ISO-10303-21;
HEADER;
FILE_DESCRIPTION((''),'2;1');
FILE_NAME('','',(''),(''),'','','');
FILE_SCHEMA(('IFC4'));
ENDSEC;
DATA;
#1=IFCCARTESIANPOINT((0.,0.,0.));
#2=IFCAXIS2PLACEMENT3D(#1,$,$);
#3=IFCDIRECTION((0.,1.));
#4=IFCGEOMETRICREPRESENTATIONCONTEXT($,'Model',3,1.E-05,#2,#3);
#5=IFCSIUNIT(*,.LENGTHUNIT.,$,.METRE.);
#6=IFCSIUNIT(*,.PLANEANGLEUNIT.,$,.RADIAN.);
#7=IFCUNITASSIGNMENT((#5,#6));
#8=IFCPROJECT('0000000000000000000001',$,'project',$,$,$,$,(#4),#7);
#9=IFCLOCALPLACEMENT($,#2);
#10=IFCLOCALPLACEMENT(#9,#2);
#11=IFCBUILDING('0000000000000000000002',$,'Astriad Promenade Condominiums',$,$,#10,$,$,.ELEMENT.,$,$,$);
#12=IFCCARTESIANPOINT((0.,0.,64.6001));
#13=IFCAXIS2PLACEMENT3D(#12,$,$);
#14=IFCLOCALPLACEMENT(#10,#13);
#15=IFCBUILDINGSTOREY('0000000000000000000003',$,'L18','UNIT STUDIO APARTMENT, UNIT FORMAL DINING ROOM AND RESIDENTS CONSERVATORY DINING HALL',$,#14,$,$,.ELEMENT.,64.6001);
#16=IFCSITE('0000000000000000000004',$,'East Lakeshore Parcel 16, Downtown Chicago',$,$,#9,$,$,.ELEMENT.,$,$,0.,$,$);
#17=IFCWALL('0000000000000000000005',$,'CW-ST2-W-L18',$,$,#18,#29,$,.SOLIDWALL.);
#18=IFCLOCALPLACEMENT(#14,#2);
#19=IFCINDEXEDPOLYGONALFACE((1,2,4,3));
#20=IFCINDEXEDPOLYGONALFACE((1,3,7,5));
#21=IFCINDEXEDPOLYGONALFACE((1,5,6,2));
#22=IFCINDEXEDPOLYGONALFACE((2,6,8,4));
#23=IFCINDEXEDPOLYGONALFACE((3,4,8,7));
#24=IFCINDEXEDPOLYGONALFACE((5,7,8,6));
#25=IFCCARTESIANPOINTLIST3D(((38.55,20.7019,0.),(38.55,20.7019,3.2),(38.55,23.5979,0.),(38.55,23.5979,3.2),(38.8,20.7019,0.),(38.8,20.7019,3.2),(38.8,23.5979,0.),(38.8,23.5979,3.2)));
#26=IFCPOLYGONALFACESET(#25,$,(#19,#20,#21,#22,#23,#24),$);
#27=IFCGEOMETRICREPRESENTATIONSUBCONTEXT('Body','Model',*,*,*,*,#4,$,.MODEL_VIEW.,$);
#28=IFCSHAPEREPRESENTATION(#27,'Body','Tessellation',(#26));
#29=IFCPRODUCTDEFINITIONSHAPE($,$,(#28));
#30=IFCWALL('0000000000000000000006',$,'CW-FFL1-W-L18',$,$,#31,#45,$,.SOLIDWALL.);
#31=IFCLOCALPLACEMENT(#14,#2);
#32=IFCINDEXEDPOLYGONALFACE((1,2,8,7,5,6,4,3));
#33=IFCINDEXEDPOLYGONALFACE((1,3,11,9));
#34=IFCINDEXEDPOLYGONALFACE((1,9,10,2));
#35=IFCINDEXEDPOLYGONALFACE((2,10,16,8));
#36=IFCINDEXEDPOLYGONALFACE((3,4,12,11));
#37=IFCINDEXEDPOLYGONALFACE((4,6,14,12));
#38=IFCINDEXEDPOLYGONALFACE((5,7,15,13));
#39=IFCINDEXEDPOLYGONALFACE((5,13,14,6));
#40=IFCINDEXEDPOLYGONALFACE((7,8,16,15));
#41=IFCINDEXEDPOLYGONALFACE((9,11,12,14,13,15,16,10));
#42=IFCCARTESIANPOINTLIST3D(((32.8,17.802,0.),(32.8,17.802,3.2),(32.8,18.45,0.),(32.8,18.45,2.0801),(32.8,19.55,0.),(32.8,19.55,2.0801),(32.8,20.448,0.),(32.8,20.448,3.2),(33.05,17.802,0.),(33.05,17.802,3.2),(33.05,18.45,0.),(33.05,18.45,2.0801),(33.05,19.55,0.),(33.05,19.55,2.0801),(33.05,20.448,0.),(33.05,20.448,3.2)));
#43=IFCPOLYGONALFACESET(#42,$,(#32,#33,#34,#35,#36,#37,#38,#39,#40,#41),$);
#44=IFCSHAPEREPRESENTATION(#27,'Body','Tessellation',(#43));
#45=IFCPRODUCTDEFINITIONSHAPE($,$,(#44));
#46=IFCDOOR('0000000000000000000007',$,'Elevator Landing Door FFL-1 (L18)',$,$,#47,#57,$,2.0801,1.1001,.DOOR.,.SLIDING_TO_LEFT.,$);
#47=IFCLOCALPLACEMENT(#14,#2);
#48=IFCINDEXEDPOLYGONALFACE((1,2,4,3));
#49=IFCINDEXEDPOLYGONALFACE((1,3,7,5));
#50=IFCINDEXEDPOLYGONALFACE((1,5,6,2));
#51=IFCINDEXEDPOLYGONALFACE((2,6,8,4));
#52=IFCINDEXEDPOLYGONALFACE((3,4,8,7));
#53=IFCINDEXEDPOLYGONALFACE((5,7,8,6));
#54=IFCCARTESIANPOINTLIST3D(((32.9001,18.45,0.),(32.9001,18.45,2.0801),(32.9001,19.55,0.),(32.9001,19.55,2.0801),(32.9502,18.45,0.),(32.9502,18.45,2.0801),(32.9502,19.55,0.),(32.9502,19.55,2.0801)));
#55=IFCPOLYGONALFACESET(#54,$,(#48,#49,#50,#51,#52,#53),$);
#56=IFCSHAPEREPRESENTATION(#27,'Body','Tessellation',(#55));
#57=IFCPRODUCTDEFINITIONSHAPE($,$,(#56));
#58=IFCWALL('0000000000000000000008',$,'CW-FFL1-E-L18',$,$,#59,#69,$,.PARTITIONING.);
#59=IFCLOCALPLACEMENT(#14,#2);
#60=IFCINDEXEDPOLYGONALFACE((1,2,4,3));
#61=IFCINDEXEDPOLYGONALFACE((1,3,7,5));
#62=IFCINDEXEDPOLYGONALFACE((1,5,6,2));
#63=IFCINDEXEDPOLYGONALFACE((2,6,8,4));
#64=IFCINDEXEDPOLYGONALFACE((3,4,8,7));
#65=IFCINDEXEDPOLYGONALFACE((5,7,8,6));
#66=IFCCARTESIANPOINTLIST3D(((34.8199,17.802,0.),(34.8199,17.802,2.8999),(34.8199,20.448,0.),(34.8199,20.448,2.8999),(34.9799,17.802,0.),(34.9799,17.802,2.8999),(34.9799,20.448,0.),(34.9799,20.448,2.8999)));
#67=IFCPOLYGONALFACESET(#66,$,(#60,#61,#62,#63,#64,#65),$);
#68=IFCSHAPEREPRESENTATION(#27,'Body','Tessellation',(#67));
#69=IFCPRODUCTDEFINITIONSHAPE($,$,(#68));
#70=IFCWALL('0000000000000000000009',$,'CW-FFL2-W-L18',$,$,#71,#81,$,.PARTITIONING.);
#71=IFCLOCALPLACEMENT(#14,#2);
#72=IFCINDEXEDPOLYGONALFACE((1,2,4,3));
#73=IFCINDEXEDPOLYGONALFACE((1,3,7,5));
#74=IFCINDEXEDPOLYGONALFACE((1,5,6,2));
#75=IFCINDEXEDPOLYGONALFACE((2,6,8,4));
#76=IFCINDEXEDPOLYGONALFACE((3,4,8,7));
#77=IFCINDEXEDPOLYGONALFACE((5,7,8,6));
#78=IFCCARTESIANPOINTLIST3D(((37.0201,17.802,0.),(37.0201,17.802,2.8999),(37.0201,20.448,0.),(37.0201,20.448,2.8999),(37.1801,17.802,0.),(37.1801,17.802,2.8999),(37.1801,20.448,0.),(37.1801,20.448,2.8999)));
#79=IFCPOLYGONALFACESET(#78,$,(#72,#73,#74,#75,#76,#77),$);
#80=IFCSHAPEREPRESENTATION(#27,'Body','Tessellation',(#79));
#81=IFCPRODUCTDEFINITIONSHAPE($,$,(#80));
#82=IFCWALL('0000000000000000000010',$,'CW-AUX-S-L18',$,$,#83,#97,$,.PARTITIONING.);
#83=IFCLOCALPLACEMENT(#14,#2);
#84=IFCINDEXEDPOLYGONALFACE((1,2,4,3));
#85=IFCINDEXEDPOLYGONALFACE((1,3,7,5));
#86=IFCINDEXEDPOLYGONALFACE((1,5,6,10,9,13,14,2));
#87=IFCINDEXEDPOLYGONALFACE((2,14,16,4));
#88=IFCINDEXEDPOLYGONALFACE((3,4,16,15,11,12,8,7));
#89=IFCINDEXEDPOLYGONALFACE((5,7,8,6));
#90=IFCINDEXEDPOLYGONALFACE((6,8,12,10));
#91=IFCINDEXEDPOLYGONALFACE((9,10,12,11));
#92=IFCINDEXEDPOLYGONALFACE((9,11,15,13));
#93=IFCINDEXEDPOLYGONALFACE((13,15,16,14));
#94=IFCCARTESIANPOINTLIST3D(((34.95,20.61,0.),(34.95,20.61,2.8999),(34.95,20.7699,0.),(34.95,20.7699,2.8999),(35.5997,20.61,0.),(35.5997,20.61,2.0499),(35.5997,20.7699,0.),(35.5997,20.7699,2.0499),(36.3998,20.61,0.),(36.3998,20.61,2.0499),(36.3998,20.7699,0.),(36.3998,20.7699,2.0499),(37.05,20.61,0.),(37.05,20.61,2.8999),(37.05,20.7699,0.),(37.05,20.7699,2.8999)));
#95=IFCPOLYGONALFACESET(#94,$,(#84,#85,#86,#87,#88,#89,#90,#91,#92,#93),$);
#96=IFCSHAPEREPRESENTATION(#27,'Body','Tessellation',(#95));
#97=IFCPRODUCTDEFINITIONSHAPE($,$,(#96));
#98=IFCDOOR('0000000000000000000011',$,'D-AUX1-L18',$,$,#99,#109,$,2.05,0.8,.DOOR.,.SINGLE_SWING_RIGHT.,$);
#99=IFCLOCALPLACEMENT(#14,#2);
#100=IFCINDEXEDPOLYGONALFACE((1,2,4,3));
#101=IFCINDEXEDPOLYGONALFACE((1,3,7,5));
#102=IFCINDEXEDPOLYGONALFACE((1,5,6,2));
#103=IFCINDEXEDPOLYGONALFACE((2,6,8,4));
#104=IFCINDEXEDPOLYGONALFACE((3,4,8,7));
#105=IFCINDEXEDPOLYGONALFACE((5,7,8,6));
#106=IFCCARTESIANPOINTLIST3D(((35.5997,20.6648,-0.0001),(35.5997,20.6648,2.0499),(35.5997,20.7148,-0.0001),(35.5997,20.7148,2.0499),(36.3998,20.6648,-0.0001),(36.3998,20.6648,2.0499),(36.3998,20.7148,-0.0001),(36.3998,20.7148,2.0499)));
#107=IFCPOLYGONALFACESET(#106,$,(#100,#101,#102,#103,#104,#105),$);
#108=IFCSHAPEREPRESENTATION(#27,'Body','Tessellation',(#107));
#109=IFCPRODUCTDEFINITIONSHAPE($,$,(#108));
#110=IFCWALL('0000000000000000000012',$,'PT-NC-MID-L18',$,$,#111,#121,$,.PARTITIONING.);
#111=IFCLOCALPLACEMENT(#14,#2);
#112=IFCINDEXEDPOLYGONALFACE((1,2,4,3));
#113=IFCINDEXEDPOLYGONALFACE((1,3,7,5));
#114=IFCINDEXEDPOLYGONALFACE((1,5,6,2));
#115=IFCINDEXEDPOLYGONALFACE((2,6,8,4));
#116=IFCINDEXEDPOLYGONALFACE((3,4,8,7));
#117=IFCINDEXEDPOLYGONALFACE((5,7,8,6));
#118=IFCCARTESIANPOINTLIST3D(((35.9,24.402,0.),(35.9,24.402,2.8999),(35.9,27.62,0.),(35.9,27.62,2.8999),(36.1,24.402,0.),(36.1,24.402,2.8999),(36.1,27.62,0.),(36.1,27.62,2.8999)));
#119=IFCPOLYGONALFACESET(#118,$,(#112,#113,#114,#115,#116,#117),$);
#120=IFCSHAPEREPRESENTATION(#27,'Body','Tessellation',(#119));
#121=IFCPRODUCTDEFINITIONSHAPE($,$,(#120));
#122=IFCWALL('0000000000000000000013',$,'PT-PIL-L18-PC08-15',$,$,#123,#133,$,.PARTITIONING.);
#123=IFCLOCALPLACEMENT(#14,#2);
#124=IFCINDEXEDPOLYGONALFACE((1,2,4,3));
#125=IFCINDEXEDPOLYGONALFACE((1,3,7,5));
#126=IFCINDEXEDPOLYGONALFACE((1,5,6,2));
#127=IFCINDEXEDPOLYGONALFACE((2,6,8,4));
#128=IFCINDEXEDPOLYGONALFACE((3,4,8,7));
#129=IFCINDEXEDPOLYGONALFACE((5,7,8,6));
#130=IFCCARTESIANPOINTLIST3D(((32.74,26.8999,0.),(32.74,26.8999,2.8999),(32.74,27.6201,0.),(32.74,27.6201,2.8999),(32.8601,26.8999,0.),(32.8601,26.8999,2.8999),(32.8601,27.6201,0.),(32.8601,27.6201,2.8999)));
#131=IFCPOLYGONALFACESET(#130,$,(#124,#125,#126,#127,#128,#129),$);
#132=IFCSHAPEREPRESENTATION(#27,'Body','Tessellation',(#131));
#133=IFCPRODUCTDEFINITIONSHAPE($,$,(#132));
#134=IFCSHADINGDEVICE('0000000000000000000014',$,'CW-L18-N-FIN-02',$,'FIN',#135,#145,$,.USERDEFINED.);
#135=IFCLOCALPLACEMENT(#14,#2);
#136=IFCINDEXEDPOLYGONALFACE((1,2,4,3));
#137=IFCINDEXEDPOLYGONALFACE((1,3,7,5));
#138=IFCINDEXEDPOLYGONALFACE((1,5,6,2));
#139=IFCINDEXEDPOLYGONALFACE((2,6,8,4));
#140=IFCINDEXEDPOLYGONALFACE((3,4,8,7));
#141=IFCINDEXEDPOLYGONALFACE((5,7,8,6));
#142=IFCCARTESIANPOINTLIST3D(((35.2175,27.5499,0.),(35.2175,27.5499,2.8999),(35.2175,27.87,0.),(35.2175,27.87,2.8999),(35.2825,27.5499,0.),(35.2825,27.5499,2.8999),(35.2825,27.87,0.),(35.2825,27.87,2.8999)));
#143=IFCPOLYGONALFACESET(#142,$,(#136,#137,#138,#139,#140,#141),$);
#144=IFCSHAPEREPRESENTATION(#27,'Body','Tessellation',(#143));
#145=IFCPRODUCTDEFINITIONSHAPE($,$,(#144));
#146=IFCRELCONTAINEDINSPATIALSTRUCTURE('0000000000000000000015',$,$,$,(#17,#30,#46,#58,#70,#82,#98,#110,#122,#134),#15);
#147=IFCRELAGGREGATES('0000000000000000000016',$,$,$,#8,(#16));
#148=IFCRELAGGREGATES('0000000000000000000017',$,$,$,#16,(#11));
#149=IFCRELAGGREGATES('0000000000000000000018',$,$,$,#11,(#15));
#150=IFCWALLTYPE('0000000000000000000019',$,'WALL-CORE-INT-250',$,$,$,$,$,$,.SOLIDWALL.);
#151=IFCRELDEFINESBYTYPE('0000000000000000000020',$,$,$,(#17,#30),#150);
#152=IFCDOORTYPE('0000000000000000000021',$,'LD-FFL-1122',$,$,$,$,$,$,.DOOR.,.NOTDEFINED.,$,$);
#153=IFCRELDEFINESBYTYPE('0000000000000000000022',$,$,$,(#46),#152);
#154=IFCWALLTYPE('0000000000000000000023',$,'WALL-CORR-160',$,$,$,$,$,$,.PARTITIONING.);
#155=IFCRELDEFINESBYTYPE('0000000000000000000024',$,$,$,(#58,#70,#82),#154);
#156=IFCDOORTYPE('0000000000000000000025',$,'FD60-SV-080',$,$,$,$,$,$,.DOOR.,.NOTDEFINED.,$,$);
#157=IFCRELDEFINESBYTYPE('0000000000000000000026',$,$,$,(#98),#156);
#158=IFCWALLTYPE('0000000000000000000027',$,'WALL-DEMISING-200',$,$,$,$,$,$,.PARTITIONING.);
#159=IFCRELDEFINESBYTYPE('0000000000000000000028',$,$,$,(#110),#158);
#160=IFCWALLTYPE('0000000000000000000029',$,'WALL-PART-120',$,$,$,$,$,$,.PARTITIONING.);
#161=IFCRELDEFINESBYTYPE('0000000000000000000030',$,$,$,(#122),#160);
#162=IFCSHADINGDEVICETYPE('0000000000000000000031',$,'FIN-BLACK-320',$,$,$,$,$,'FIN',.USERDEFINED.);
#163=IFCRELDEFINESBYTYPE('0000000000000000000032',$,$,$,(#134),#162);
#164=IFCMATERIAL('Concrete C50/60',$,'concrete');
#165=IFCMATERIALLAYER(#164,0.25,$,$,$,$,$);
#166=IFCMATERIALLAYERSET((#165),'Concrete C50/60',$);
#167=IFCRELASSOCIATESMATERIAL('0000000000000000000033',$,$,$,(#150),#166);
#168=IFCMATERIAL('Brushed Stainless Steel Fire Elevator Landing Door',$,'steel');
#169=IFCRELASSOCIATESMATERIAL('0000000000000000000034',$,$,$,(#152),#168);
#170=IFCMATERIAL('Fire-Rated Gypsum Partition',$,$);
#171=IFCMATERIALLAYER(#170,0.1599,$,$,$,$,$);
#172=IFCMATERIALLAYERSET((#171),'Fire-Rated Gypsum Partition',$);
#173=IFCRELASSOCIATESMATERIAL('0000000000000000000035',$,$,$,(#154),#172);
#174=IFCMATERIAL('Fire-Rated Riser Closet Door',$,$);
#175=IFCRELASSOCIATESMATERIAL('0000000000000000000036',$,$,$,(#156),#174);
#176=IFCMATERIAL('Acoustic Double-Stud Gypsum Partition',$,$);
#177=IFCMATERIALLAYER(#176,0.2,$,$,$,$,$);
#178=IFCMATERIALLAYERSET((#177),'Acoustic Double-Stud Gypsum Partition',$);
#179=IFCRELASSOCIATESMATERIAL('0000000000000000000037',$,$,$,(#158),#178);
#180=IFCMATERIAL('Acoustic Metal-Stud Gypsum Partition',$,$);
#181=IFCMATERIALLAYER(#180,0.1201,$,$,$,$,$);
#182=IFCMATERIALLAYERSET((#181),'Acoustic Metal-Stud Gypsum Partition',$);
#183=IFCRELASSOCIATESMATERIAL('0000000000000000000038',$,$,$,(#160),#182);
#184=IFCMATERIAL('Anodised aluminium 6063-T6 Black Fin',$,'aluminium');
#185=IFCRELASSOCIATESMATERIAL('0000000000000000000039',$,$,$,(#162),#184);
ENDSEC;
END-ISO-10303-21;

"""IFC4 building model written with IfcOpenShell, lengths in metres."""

from ifc_helpers import new_model, si_unit, direction, frame, frame_2d, origin, origin_2d, place, context, subcontext, project, spatial, rectangle, extrude, source, transform, mapped, material, layer, layer_set, type_object, type_shapes, element, fill, save


model = new_model("IFC4")

# Units and contexts
model_context = context("Model", 3, precision=1e-05, world=origin(), true_north=direction((0.0, 1.0)))
body_context = subcontext(model_context, "Body", "Model", "MODEL_VIEW")
ifc_project = project(units=[si_unit("LENGTHUNIT", "METRE"), si_unit("PLANEANGLEUNIT", "RADIAN")], contexts=[model_context])

# Site, building, storey
site_placement = place(None, origin())
site = spatial("IfcSite", under=ifc_project, at=site_placement, Name="East Lakeshore Parcel 16, Downtown Chicago", CompositionType="ELEMENT", RefElevation=0.0)
building_placement = place(site_placement, origin())
building = spatial("IfcBuilding", under=site, at=building_placement, Name="Astriad Promenade Condominiums", CompositionType="ELEMENT")
storey_placement = place(building_placement, frame((0.0, 0.0, 64.6001)))
storey = spatial("IfcBuildingStorey", under=building, at=storey_placement, Name="L18", Description="UNIT STUDIO APARTMENT, UNIT FORMAL DINING ROOM AND RESIDENTS CONSERVATORY DINING HALL", CompositionType="ELEMENT", Elevation=64.6001)

# Shared definitions
ifc_material_1 = material(Name="Concrete C50/60", Category="concrete")
ifc_layer_1 = layer(ifc_material_1, 0.25)
ifc_layer_set_1 = layer_set([ifc_layer_1], Name="Concrete C50/60")
wall_type_1 = type_object("IfcWallType", Name="WALL-CORE-INT-250", PredefinedType="SOLIDWALL", material=ifc_layer_set_1)

# Wall
for number, where, z_axis, x_axis, name in (
    (1, (38.675, 20.7019, 0.0), (0.0, 0.0, 1.0), (0.0, 1.0, 0.0), "CW-ST2-W-L18"),
):
    element("IfcWall", number, at=place(storey_placement, frame(where, z_axis=z_axis, x_axis=x_axis)), inside=storey, type_object=wall_type_1, Name=name, PredefinedType="SOLIDWALL", context=body_context, shape_type="SweptSolid", body=[
        extrude(rectangle(XDim=2.896, YDim=0.25, at=frame_2d((1.448, 0.0))), origin(), (0.0, 0.0, 1.0), 3.2),
    ])

# Wall, opening, door
wall_1_placement = place(storey_placement, frame((32.925, 17.802, 0.0), z_axis=(0.0, 0.0, 1.0), x_axis=(0.0, 1.0, 0.0)))
wall_1 = element("IfcWall", 2, at=wall_1_placement, inside=storey, type_object=wall_type_1, Name="CW-FFL1-W-L18", PredefinedType="SOLIDWALL", context=body_context, shape_type="SweptSolid", body=[
    extrude(rectangle(XDim=2.646, YDim=0.25, at=frame_2d((1.323, 0.0))), origin(), (0.0, 0.0, 1.0), 3.2),
])
opening_1_placement = place(wall_1_placement, frame((0.6479, 0.0, 0.0)))
opening_1 = element("IfcOpeningElement", 3, at=opening_1_placement, cuts=wall_1, PredefinedType="OPENING", context=body_context, shape_type="SweptSolid", body=[
    extrude(rectangle(XDim=1.1001, YDim=2.0801, at=frame_2d((0.55, 1.04))), frame((0.0, 0.135, 0.0), z_axis=(0.0, -1.0, 0.0), x_axis=(1.0, 0.0, 0.0)), (0.0, 0.0, 1.0), 0.27),
])
ifc_material_2 = material(Name="Brushed Stainless Steel Fire Elevator Landing Door", Category="steel")
door_type_1 = type_object("IfcDoorType", Name="LD-FFL-1122", OperationType="NOTDEFINED", PredefinedType="DOOR", material=ifc_material_2)
shared_shape_1 = source(origin(), body_context, "Body", "SweptSolid", [
    extrude(rectangle(XDim=1.1001, YDim=2.0801, at=frame_2d((0.55, 1.04))), frame((0.0, 0.0249, 0.0), z_axis=(0.0, -1.0, 0.0), x_axis=(1.0, 0.0, 0.0)), (0.0, 0.0, 1.0), 0.05),
])
type_shapes(door_type_1, [shared_shape_1])
door_1_placement = place(opening_1_placement, origin())
door_1 = element("IfcDoor", 4, at=door_1_placement, inside=storey, type_object=door_type_1, Name="Elevator Landing Door FFL-1 (L18)", OperationType="SLIDING_TO_LEFT", OverallHeight=2.0801, OverallWidth=1.1001, PredefinedType="DOOR", context=body_context, shape_type="MappedRepresentation", body=[
    mapped(shared_shape_1, transform((0.0, 0.0, 0.0), scale=1.0)),
])
fill(opening_1, door_1)

# Walls
ifc_material_3 = material(Name="Fire-Rated Gypsum Partition")
ifc_layer_2 = layer(ifc_material_3, 0.1599)
ifc_layer_set_2 = layer_set([ifc_layer_2], Name="Fire-Rated Gypsum Partition")
wall_type_2 = type_object("IfcWallType", Name="WALL-CORR-160", PredefinedType="PARTITIONING", material=ifc_layer_set_2)
for number, where, z_axis, x_axis, name in (
    (5, (34.8999, 17.802, 0.0), (0.0, 0.0, 1.0), (0.0, 1.0, 0.0), "CW-FFL1-E-L18"),
    (6, (37.1001, 17.802, 0.0), (0.0, 0.0, 1.0), (0.0, 1.0, 0.0), "CW-FFL2-W-L18"),
):
    element("IfcWall", number, at=place(storey_placement, frame(where, z_axis=z_axis, x_axis=x_axis)), inside=storey, type_object=wall_type_2, Name=name, PredefinedType="PARTITIONING", context=body_context, shape_type="SweptSolid", body=[
        extrude(rectangle(XDim=2.646, YDim=0.1599, at=frame_2d((1.323, 0.0))), origin(), (0.0, 0.0, 1.0), 2.8999),
    ])

# Wall, opening, door
wall_2_placement = place(storey_placement, frame((34.95, 20.6899, 0.0), z_axis=(0.0, 0.0, 1.0), x_axis=(1.0, 0.0, 0.0)))
wall_2 = element("IfcWall", 7, at=wall_2_placement, inside=storey, type_object=wall_type_2, Name="CW-AUX-S-L18", PredefinedType="PARTITIONING", context=body_context, shape_type="SweptSolid", body=[
    extrude(rectangle(XDim=2.1001, YDim=0.1599, at=frame_2d((1.05, 0.0))), origin(), (0.0, 0.0, 1.0), 2.8999),
])
opening_2_placement = place(wall_2_placement, frame((0.6499, 0.0, 0.0)))
opening_2 = element("IfcOpeningElement", 8, at=opening_2_placement, cuts=wall_2, PredefinedType="OPENING", context=body_context, shape_type="SweptSolid", body=[
    extrude(rectangle(XDim=0.8, YDim=2.05, at=frame_2d((0.3999, 1.0249))), frame((0.0, 0.0898, 0.0), z_axis=(0.0, -1.0, 0.0), x_axis=(1.0, 0.0, 0.0)), (0.0, 0.0, 1.0), 0.1799),
])
ifc_material_4 = material(Name="Fire-Rated Riser Closet Door")
door_type_2 = type_object("IfcDoorType", Name="FD60-SV-080", OperationType="NOTDEFINED", PredefinedType="DOOR", material=ifc_material_4)
shared_shape_2 = source(origin(), body_context, "Body", "SweptSolid", [
    extrude(rectangle(XDim=0.8, YDim=2.05, at=frame_2d((0.3999, 1.0249))), frame((0.0, 0.0249, 0.0), z_axis=(0.0, -1.0, 0.0), x_axis=(1.0, 0.0, 0.0)), (0.0, 0.0, 1.0), 0.05),
])
type_shapes(door_type_2, [shared_shape_2])
door_2_placement = place(opening_2_placement, origin())
door_2 = element("IfcDoor", 9, at=door_2_placement, inside=storey, type_object=door_type_2, Name="D-AUX1-L18", OperationType="SINGLE_SWING_RIGHT", OverallHeight=2.05, OverallWidth=0.8, PredefinedType="DOOR", context=body_context, shape_type="MappedRepresentation", body=[
    mapped(shared_shape_2, transform((0.0, 0.0, 0.0), scale=1.0)),
])
fill(opening_2, door_2)

# Walls
ifc_material_5 = material(Name="Acoustic Double-Stud Gypsum Partition")
ifc_layer_3 = layer(ifc_material_5, 0.2)
ifc_layer_set_3 = layer_set([ifc_layer_3], Name="Acoustic Double-Stud Gypsum Partition")
wall_type_3 = type_object("IfcWallType", Name="WALL-DEMISING-200", PredefinedType="PARTITIONING", material=ifc_layer_set_3)
wall_3_placement = place(storey_placement, frame((36.0, 24.4021, 0.0), z_axis=(0.0, 0.0, 1.0), x_axis=(0.0, 1.0, 0.0)))
element("IfcWall", 10, at=wall_3_placement, inside=storey, type_object=wall_type_3, Name="PT-NC-MID-L18", PredefinedType="PARTITIONING", context=body_context, shape_type="SweptSolid", body=[
    extrude(rectangle(XDim=3.218, YDim=0.2, at=frame_2d((1.6089, 0.0))), origin(), (0.0, 0.0, 1.0), 2.8999),
])
ifc_material_6 = material(Name="Acoustic Metal-Stud Gypsum Partition")
ifc_layer_4 = layer(ifc_material_6, 0.1201)
ifc_layer_set_4 = layer_set([ifc_layer_4], Name="Acoustic Metal-Stud Gypsum Partition")
wall_type_4 = type_object("IfcWallType", Name="WALL-PART-120", PredefinedType="PARTITIONING", material=ifc_layer_set_4)
wall_4_placement = place(storey_placement, frame((32.8, 26.8999, 0.0), z_axis=(0.0, 0.0, 1.0), x_axis=(0.0, 1.0, 0.0)))
element("IfcWall", 11, at=wall_4_placement, inside=storey, type_object=wall_type_4, Name="PT-PIL-L18-PC08-15", PredefinedType="PARTITIONING", context=body_context, shape_type="SweptSolid", body=[
    extrude(rectangle(XDim=0.7202, YDim=0.1201, at=frame_2d((0.3601, 0.0))), origin(), (0.0, 0.0, 1.0), 2.8999),
])

# Shading device
ifc_material_7 = material(Name="Anodised aluminium 6063-T6 Black Fin", Category="aluminium")
shading_device_type = type_object("IfcShadingDeviceType", Name="FIN-BLACK-320", ElementType="FIN", PredefinedType="USERDEFINED", material=ifc_material_7)
shared_shape_3 = source(origin(), body_context, "Body", "SweptSolid", [
    extrude(rectangle(XDim=0.0649, YDim=0.3201, at=origin_2d()), origin(), (0.0, 0.0, 1.0), 2.8999),
])
type_shapes(shading_device_type, [shared_shape_3])
shading_device_placement = place(storey_placement, frame((35.25, 27.71, 0.0), z_axis=(0.0, 0.0, 1.0), x_axis=(1.0, 0.0, 0.0)))
element("IfcShadingDevice", 12, at=shading_device_placement, inside=storey, type_object=shading_device_type, Name="CW-L18-N-FIN-02", ObjectType="FIN", PredefinedType="USERDEFINED", context=body_context, shape_type="MappedRepresentation", body=[
    mapped(shared_shape_3, transform((0.0, 0.0, 0.0), scale=1.0)),
])

save(model, "model.ifc")
